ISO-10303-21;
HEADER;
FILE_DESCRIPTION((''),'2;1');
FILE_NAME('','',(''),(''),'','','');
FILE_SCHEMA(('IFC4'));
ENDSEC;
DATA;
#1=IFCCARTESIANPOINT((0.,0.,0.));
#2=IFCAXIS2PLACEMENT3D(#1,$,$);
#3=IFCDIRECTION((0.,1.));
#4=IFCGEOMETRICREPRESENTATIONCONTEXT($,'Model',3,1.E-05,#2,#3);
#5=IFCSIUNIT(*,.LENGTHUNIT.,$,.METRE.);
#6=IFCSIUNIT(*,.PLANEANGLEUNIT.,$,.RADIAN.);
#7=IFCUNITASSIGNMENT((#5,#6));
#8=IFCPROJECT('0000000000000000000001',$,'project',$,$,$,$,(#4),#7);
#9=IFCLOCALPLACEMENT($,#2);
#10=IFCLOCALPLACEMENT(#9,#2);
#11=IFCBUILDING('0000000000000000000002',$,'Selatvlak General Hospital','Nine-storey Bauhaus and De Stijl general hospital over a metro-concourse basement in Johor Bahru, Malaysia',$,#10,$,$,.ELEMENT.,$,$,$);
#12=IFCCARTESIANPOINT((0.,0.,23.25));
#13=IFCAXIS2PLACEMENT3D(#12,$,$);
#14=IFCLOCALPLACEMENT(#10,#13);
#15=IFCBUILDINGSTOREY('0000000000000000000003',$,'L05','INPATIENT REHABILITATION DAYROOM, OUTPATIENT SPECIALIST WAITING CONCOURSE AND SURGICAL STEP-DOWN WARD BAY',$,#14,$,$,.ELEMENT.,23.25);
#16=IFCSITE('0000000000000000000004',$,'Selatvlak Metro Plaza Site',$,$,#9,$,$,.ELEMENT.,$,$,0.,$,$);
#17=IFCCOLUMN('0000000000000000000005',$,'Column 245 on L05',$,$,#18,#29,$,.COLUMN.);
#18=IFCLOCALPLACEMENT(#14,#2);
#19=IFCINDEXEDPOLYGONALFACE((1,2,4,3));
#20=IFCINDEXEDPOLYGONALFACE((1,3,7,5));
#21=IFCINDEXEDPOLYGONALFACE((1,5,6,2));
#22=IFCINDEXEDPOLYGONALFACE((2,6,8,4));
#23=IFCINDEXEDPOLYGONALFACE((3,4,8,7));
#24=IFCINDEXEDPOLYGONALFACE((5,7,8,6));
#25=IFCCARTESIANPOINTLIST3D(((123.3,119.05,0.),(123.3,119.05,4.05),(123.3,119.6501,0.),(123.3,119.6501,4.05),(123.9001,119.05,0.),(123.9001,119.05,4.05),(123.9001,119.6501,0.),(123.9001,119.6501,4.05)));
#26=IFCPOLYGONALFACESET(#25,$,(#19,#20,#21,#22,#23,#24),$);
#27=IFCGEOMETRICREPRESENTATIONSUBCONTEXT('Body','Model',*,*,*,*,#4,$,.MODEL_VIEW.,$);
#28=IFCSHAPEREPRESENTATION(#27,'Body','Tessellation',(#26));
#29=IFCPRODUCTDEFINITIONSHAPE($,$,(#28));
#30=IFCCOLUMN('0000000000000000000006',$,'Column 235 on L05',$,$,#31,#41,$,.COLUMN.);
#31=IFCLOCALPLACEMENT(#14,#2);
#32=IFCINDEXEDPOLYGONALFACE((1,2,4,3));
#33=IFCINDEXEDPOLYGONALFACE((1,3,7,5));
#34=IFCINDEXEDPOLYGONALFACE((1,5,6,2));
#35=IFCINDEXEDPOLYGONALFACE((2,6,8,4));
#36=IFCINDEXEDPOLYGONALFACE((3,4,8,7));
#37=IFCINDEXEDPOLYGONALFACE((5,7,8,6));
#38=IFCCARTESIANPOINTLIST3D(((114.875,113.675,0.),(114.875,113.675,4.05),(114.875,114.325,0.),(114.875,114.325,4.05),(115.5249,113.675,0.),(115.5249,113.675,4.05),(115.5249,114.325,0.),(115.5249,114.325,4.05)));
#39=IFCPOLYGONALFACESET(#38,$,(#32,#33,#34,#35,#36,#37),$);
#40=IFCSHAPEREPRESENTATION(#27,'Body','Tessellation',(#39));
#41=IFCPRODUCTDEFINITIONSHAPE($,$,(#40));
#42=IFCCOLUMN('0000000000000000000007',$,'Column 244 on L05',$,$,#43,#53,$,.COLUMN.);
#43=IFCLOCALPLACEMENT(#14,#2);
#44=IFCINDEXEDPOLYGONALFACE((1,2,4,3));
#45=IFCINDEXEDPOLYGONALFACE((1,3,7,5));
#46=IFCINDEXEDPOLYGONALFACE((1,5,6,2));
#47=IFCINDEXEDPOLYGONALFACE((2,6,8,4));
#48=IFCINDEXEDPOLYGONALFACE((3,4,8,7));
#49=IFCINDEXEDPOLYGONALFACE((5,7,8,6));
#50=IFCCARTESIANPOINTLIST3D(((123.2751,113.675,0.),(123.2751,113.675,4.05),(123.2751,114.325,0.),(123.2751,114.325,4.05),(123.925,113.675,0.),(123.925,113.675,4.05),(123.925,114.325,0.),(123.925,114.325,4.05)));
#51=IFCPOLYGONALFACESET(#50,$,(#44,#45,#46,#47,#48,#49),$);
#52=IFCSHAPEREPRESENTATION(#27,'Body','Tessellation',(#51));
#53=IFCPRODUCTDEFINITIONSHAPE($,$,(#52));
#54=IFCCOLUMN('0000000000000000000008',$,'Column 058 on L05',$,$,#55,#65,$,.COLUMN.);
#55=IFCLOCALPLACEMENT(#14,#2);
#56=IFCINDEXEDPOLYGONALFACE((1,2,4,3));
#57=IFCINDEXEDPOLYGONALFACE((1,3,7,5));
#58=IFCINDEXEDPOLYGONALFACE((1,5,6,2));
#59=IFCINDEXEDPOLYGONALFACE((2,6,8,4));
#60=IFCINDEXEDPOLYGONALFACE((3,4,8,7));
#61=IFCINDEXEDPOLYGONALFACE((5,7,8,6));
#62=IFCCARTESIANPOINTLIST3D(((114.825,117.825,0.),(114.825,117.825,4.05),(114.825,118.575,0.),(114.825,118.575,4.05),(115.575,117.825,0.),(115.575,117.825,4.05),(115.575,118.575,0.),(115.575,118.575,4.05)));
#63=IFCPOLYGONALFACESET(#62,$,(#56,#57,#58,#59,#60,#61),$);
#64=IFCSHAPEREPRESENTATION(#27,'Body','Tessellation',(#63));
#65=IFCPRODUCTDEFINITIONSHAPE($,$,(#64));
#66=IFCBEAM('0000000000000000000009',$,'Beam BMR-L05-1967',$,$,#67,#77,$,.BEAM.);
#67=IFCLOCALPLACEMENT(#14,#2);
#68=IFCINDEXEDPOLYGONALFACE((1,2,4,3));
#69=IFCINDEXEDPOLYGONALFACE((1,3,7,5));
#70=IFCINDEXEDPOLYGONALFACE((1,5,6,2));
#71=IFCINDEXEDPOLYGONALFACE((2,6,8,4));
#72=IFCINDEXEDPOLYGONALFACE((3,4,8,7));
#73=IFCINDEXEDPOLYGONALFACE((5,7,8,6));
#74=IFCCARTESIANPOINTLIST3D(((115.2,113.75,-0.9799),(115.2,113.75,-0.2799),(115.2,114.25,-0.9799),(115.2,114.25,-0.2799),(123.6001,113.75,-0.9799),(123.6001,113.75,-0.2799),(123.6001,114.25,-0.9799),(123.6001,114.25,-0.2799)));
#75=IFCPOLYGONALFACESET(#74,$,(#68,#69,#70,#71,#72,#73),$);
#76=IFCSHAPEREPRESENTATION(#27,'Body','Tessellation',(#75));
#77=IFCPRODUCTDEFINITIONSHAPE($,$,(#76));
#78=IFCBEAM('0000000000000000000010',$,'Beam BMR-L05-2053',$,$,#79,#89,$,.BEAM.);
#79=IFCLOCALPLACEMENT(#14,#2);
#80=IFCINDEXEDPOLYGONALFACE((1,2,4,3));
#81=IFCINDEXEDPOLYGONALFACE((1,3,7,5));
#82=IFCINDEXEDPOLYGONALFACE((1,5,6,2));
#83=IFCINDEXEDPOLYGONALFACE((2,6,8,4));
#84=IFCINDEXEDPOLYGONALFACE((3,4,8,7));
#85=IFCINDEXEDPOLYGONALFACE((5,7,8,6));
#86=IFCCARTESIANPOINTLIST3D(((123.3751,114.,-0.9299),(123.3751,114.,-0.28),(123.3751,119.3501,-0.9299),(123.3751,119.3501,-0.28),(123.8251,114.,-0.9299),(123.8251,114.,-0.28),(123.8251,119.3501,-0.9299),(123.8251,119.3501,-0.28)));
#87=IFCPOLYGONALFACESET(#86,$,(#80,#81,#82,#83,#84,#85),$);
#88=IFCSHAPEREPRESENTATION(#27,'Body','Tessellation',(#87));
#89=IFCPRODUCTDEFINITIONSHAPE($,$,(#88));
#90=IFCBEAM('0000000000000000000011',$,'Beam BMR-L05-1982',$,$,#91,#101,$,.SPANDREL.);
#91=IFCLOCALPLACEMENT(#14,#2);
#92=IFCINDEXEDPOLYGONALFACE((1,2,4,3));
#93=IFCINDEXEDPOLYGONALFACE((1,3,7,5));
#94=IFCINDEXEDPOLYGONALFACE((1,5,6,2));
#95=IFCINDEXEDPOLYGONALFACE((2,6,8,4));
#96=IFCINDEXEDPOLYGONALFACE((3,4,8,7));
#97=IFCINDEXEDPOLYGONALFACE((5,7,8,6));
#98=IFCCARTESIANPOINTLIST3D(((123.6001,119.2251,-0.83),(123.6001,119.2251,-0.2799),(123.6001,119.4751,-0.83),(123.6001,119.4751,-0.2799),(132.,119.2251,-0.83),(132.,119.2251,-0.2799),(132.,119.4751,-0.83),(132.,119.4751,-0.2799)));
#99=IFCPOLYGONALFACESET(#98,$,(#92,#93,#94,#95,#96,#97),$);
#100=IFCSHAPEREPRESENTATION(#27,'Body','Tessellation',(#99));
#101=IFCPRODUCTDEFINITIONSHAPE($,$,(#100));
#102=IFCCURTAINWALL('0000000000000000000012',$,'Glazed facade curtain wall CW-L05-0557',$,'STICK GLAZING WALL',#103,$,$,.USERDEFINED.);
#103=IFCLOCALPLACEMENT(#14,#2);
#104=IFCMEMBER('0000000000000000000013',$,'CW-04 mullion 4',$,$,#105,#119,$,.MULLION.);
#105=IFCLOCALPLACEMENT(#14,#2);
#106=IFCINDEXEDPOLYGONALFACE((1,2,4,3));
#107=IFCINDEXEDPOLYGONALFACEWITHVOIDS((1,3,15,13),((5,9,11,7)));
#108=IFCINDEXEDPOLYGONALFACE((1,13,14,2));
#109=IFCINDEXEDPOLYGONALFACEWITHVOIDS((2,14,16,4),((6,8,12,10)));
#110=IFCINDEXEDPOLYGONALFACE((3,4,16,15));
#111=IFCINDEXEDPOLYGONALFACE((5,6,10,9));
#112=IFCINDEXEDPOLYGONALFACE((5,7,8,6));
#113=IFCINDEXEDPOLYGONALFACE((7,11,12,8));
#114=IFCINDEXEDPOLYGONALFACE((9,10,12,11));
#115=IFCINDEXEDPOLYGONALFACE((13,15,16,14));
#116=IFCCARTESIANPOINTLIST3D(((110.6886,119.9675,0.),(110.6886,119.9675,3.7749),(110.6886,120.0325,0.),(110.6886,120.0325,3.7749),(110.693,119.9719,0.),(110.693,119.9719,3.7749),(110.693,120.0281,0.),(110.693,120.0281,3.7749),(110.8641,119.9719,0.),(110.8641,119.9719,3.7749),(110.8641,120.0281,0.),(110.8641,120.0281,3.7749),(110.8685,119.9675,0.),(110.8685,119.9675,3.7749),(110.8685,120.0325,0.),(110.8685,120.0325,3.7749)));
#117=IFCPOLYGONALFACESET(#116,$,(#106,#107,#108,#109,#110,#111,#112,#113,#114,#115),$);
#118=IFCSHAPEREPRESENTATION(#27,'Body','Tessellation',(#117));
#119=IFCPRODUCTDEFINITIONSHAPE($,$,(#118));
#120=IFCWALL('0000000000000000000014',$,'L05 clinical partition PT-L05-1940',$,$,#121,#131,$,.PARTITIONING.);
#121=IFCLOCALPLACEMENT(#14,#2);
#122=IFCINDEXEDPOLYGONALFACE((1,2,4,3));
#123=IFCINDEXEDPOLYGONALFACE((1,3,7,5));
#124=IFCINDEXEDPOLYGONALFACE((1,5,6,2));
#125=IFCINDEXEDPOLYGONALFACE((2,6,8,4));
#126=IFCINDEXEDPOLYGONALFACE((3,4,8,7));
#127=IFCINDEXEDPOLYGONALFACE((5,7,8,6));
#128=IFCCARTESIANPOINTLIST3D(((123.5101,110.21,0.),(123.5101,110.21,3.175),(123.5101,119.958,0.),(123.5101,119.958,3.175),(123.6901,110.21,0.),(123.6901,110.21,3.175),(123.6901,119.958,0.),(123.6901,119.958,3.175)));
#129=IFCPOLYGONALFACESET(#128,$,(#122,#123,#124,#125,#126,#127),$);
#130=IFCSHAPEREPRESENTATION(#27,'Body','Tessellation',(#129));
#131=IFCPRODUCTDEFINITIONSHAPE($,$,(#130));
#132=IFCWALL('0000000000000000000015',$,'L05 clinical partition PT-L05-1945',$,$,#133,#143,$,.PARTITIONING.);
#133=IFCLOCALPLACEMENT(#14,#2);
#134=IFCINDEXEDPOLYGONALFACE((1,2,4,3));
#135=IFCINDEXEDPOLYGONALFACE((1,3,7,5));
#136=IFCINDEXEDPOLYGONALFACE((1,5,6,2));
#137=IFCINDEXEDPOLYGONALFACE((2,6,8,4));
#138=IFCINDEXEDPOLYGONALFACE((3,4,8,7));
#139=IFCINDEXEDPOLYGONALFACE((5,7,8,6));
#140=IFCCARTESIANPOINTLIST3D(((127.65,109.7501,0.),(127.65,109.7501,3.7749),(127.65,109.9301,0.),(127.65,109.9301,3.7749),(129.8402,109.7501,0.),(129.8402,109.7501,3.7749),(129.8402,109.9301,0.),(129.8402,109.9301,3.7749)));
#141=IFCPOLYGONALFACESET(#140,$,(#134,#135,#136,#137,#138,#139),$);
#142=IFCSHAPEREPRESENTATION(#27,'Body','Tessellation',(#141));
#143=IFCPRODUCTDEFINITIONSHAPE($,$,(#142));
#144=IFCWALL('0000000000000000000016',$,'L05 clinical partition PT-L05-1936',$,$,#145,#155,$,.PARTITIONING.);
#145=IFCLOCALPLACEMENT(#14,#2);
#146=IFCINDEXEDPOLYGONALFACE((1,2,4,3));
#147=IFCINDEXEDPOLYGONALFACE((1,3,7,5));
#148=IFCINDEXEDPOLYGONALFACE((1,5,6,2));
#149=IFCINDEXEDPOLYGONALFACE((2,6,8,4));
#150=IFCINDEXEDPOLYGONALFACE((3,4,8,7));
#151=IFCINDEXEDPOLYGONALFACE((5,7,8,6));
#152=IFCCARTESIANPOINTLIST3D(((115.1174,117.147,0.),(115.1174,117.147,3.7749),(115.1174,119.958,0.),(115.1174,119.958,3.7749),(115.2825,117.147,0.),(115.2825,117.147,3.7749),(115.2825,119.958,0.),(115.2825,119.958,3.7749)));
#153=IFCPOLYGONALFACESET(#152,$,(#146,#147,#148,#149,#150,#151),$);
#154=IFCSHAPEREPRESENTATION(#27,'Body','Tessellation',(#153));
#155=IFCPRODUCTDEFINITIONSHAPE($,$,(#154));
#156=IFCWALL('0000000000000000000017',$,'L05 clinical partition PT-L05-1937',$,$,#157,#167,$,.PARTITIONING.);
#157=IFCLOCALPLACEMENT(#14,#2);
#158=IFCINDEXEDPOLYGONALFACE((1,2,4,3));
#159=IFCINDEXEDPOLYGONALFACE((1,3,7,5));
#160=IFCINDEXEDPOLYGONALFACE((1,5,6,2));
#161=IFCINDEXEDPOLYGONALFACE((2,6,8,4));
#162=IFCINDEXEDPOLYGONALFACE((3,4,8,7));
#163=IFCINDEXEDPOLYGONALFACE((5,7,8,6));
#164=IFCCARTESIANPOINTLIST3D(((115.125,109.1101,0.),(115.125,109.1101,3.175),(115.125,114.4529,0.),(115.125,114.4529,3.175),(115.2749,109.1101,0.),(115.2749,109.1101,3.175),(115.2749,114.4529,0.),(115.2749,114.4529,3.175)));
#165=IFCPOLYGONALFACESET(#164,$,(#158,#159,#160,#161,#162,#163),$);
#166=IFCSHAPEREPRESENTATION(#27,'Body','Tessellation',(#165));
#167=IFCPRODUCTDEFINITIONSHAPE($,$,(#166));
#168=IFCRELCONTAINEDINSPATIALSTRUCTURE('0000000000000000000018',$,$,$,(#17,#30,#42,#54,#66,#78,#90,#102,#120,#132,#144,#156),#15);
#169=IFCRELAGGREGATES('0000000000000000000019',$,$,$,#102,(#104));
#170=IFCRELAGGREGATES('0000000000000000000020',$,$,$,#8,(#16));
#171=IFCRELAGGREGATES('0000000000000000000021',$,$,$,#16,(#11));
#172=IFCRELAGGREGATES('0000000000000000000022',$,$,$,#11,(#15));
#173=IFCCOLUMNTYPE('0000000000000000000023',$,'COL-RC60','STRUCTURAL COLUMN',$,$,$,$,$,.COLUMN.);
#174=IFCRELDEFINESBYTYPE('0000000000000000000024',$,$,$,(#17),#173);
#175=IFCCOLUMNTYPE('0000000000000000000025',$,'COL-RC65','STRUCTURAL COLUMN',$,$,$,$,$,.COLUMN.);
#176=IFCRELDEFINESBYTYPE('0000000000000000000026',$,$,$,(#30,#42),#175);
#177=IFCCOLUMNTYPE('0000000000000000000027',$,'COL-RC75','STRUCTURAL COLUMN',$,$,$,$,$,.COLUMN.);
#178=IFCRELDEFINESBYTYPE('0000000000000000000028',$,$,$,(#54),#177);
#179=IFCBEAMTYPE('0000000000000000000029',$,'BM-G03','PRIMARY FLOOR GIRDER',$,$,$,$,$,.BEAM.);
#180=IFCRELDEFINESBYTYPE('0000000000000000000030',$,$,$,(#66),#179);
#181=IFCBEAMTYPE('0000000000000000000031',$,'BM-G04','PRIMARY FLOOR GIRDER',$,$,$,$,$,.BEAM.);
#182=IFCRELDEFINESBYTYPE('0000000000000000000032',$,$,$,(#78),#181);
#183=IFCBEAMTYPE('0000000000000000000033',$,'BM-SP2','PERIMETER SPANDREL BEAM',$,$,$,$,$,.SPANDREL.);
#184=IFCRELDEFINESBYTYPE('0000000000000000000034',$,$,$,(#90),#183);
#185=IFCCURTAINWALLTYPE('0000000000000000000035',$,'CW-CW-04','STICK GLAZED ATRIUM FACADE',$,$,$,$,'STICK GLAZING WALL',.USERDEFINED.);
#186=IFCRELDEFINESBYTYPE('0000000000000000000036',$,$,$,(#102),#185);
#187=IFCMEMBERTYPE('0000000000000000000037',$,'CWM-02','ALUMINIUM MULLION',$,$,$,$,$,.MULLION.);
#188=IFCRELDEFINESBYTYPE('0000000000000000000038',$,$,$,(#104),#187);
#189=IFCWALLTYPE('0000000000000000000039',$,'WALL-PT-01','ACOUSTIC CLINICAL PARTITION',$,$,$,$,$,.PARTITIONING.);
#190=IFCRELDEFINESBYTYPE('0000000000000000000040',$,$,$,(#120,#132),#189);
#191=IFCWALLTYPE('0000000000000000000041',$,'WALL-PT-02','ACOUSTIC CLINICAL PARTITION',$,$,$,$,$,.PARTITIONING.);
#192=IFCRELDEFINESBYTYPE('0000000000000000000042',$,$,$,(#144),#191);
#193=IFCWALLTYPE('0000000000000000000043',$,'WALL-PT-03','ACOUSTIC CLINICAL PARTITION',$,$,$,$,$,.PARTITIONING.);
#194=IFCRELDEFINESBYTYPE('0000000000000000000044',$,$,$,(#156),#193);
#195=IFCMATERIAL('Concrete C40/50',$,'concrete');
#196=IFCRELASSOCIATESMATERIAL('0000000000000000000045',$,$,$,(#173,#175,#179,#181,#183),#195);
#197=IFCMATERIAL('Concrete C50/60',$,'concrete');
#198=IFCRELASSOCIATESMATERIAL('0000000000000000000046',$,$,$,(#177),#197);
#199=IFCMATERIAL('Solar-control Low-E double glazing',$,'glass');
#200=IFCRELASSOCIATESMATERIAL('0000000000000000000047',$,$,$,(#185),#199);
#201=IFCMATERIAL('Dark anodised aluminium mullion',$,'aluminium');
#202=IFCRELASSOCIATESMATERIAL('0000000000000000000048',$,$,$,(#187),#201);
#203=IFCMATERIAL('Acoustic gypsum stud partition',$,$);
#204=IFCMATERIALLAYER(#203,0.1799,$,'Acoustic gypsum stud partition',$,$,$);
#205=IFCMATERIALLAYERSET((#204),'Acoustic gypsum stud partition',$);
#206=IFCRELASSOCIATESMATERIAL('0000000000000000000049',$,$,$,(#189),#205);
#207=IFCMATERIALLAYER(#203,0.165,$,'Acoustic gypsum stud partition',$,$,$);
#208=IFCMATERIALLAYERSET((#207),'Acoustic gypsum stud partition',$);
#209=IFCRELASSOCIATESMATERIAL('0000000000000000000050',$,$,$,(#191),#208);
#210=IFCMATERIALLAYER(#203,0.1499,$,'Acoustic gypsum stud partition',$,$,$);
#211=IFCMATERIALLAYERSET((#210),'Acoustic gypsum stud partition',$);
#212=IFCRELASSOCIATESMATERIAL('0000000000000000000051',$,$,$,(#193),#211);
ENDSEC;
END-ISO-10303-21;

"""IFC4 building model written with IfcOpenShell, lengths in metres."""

from ifc_helpers import new_model, si_unit, direction, frame, frame_2d, origin, origin_2d, place, context, subcontext, project, spatial, rectangle, hollow_rectangle, extrude, material, layer, layer_set, material_profile, profile_set, type_object, element, aggregate, save


model = new_model("IFC4")

# Units and contexts
model_context = context("Model", 3, precision=1e-05, world=origin(), true_north=direction((0.0, 1.0)))
body_context = subcontext(model_context, "Body", "Model", "MODEL_VIEW")
ifc_project = project(units=[si_unit("LENGTHUNIT", "METRE"), si_unit("PLANEANGLEUNIT", "RADIAN")], contexts=[model_context])

# Site, building, storey
site_placement = place(None, origin())
site = spatial("IfcSite", under=ifc_project, at=site_placement, Name="Selatvlak Metro Plaza Site", CompositionType="ELEMENT", RefElevation=0.0)
building_placement = place(site_placement, origin())
building = spatial("IfcBuilding", under=site, at=building_placement, Name="Selatvlak General Hospital", Description="Nine-storey Bauhaus and De Stijl general hospital over a metro-concourse basement in Johor Bahru, Malaysia", CompositionType="ELEMENT")
storey_placement = place(building_placement, frame((0.0, 0.0, 23.25)))
storey = spatial("IfcBuildingStorey", under=building, at=storey_placement, Name="L05", Description="INPATIENT REHABILITATION DAYROOM, OUTPATIENT SPECIALIST WAITING CONCOURSE AND SURGICAL STEP-DOWN WARD BAY", CompositionType="ELEMENT", Elevation=23.25)

# Columns
ifc_material_1 = material(Name="Concrete C40/50", Category="concrete")
ifc_material_profile_1 = material_profile(ifc_material_1, rectangle(XDim=0.6001, YDim=0.6001, at=origin_2d()), Name="RC-COL 600x600")
ifc_profile_set_1 = profile_set([ifc_material_profile_1], Name="Concrete C40/50")
column_type_1 = type_object("IfcColumnType", Name="COL-RC60", Description="STRUCTURAL COLUMN", PredefinedType="COLUMN", material=ifc_profile_set_1)
column_1_placement = place(storey_placement, frame((123.6001, 119.3501, 0.0), z_axis=(0.0, 0.0, 1.0), x_axis=(1.0, 0.0, 0.0)))
element("IfcColumn", 1, at=column_1_placement, inside=storey, type_object=column_type_1, Name="Column 245 on L05", PredefinedType="COLUMN", context=body_context, shape_type="SweptSolid", body=[
    extrude(rectangle(XDim=0.6001, YDim=0.6001, at=origin_2d()), origin(), (0.0, 0.0, 1.0), 4.05),
])
ifc_material_profile_2 = material_profile(ifc_material_1, rectangle(XDim=0.6499, YDim=0.6499, at=origin_2d()), Name="RC-COL 650x650")
ifc_profile_set_2 = profile_set([ifc_material_profile_2], Name="Concrete C40/50")
column_type_2 = type_object("IfcColumnType", Name="COL-RC65", Description="STRUCTURAL COLUMN", PredefinedType="COLUMN", material=ifc_profile_set_2)
for number, where, z_axis, x_axis, name in (
    (2, (115.2, 114.0, 0.0), (0.0, 0.0, 1.0), (1.0, 0.0, 0.0), "Column 235 on L05"),
    (3, (123.6001, 114.0, 0.0), (0.0, 0.0, 1.0), (1.0, 0.0, 0.0), "Column 244 on L05"),
):
    element("IfcColumn", number, at=place(storey_placement, frame(where, z_axis=z_axis, x_axis=x_axis)), inside=storey, type_object=column_type_2, Name=name, PredefinedType="COLUMN", context=body_context, shape_type="SweptSolid", body=[
        extrude(rectangle(XDim=0.6499, YDim=0.6499, at=origin_2d()), origin(), (0.0, 0.0, 1.0), 4.05),
    ])
ifc_material_2 = material(Name="Concrete C50/60", Category="concrete")
ifc_material_profile_3 = material_profile(ifc_material_2, rectangle(XDim=0.75, YDim=0.75, at=origin_2d()), Name="RC-COL 750x750")
ifc_profile_set_3 = profile_set([ifc_material_profile_3], Name="Concrete C50/60")
column_type_3 = type_object("IfcColumnType", Name="COL-RC75", Description="STRUCTURAL COLUMN", PredefinedType="COLUMN", material=ifc_profile_set_3)
column_2_placement = place(storey_placement, frame((115.2, 118.2, 0.0), z_axis=(0.0, 0.0, 1.0), x_axis=(1.0, 0.0, 0.0)))
element("IfcColumn", 4, at=column_2_placement, inside=storey, type_object=column_type_3, Name="Column 058 on L05", PredefinedType="COLUMN", context=body_context, shape_type="SweptSolid", body=[
    extrude(rectangle(XDim=0.75, YDim=0.75, at=origin_2d()), origin(), (0.0, 0.0, 1.0), 4.05),
])

# Beams
ifc_material_profile_4 = material_profile(ifc_material_1, rectangle(XDim=0.5, YDim=0.7, at=origin_2d()), Name="RC-BM 500x700")
ifc_profile_set_4 = profile_set([ifc_material_profile_4], Name="Concrete C40/50")
beam_type_1 = type_object("IfcBeamType", Name="BM-G03", Description="PRIMARY FLOOR GIRDER", PredefinedType="BEAM", material=ifc_profile_set_4)
beam_1_placement = place(storey_placement, frame((115.2, 114.0, -0.6299), z_axis=(1.0, 0.0, 0.0), x_axis=(0.0, 1.0, 0.0)))
element("IfcBeam", 5, at=beam_1_placement, inside=storey, type_object=beam_type_1, Name="Beam BMR-L05-1967", PredefinedType="BEAM", context=body_context, shape_type="SweptSolid", body=[
    extrude(rectangle(XDim=0.5, YDim=0.7, at=origin_2d()), origin(), (0.0, 0.0, 1.0), 8.4001),
])
ifc_material_profile_5 = material_profile(ifc_material_1, rectangle(XDim=0.45, YDim=0.6499, at=origin_2d()), Name="RC-BM 450x650")
ifc_profile_set_5 = profile_set([ifc_material_profile_5], Name="Concrete C40/50")
beam_type_2 = type_object("IfcBeamType", Name="BM-G04", Description="PRIMARY FLOOR GIRDER", PredefinedType="BEAM", material=ifc_profile_set_5)
beam_2_placement = place(storey_placement, frame((123.6001, 114.0, -0.605), z_axis=(0.0, 1.0, 0.0), x_axis=(-1.0, 0.0, 0.0)))
element("IfcBeam", 6, at=beam_2_placement, inside=storey, type_object=beam_type_2, Name="Beam BMR-L05-2053", PredefinedType="BEAM", context=body_context, shape_type="SweptSolid", body=[
    extrude(rectangle(XDim=0.45, YDim=0.6499, at=origin_2d()), origin(), (0.0, 0.0, 1.0), 5.3501),
])
ifc_material_profile_6 = material_profile(ifc_material_1, rectangle(XDim=0.25, YDim=0.55, at=origin_2d()), Name="RC-SP 250x550")
ifc_profile_set_6 = profile_set([ifc_material_profile_6], Name="Concrete C40/50")
beam_type_3 = type_object("IfcBeamType", Name="BM-SP2", Description="PERIMETER SPANDREL BEAM", PredefinedType="SPANDREL", material=ifc_profile_set_6)
beam_3_placement = place(storey_placement, frame((123.6001, 119.3501, -0.5549), z_axis=(1.0, 0.0, 0.0), x_axis=(0.0, 1.0, 0.0)))
element("IfcBeam", 7, at=beam_3_placement, inside=storey, type_object=beam_type_3, Name="Beam BMR-L05-1982", PredefinedType="SPANDREL", context=body_context, shape_type="SweptSolid", body=[
    extrude(rectangle(XDim=0.25, YDim=0.55, at=origin_2d()), origin(), (0.0, 0.0, 1.0), 8.3999),
])

# Curtain wall, member
ifc_material_3 = material(Name="Solar-control Low-E double glazing", Category="glass")
curtain_wall_type = type_object("IfcCurtainWallType", Name="CW-CW-04", Description="STICK GLAZED ATRIUM FACADE", ElementType="STICK GLAZING WALL", PredefinedType="USERDEFINED", material=ifc_material_3)
curtain_wall_placement = place(storey_placement, origin())
curtain_wall = element("IfcCurtainWall", 8, at=curtain_wall_placement, inside=storey, type_object=curtain_wall_type, Name="Glazed facade curtain wall CW-L05-0557", ObjectType="STICK GLAZING WALL", PredefinedType="USERDEFINED")
ifc_material_4 = material(Name="Dark anodised aluminium mullion", Category="aluminium")
ifc_material_profile_7 = material_profile(ifc_material_4, hollow_rectangle(XDim=0.0649, YDim=0.1799, WallThickness=0.0044, at=origin_2d()), Name="AL-MUL 65x180x4.5")
ifc_profile_set_7 = profile_set([ifc_material_profile_7], Name="Dark anodised aluminium mullion")
member_type = type_object("IfcMemberType", Name="CWM-02", Description="ALUMINIUM MULLION", PredefinedType="MULLION", material=ifc_profile_set_7)
member_placement = place(storey_placement, frame((110.7786, 120.0, 0.0), z_axis=(0.0, 0.0, 1.0), x_axis=(0.0, 1.0, 0.0)))
member = element("IfcMember", 9, at=member_placement, type_object=member_type, Name="CW-04 mullion 4", PredefinedType="MULLION", context=body_context, shape_type="SweptSolid", body=[
    extrude(hollow_rectangle(XDim=0.0649, YDim=0.1799, WallThickness=0.0044, at=origin_2d()), origin(), (0.0, 0.0, 1.0), 3.7749),
])
aggregate(curtain_wall, [member])

# Walls
ifc_material_5 = material(Name="Acoustic gypsum stud partition")
ifc_layer_1 = layer(ifc_material_5, 0.1799, Name="Acoustic gypsum stud partition")
ifc_layer_set_1 = layer_set([ifc_layer_1], Name="Acoustic gypsum stud partition")
wall_type_1 = type_object("IfcWallType", Name="WALL-PT-01", Description="ACOUSTIC CLINICAL PARTITION", PredefinedType="PARTITIONING", material=ifc_layer_set_1)
wall_1_placement = place(storey_placement, frame((123.6001, 119.958, 0.0), z_axis=(0.0, 0.0, 1.0), x_axis=(0.0, -1.0, 0.0)))
element("IfcWall", 10, at=wall_1_placement, inside=storey, type_object=wall_type_1, Name="L05 clinical partition PT-L05-1940", PredefinedType="PARTITIONING", context=body_context, shape_type="SweptSolid", body=[
    extrude(rectangle(XDim=9.748, YDim=0.1799, at=frame_2d((4.874, 0.0))), origin(), (0.0, 0.0, 1.0), 3.175),
])
wall_2_placement = place(storey_placement, frame((127.6499, 109.8401, 0.0), z_axis=(0.0, 0.0, 1.0), x_axis=(1.0, 0.0, 0.0)))
element("IfcWall", 11, at=wall_2_placement, inside=storey, type_object=wall_type_1, Name="L05 clinical partition PT-L05-1945", PredefinedType="PARTITIONING", context=body_context, shape_type="SweptSolid", body=[
    extrude(rectangle(XDim=2.1902, YDim=0.1799, at=frame_2d((1.0952, 0.0))), origin(), (0.0, 0.0, 1.0), 3.7749),
])
ifc_layer_2 = layer(ifc_material_5, 0.165, Name="Acoustic gypsum stud partition")
ifc_layer_set_2 = layer_set([ifc_layer_2], Name="Acoustic gypsum stud partition")
wall_type_2 = type_object("IfcWallType", Name="WALL-PT-02", Description="ACOUSTIC CLINICAL PARTITION", PredefinedType="PARTITIONING", material=ifc_layer_set_2)
wall_3_placement = place(storey_placement, frame((115.2, 119.958, 0.0), z_axis=(0.0, 0.0, 1.0), x_axis=(0.0, -1.0, 0.0)))
element("IfcWall", 12, at=wall_3_placement, inside=storey, type_object=wall_type_2, Name="L05 clinical partition PT-L05-1936", PredefinedType="PARTITIONING", context=body_context, shape_type="SweptSolid", body=[
    extrude(rectangle(XDim=2.811, YDim=0.165, at=frame_2d((1.4055, 0.0))), origin(), (0.0, 0.0, 1.0), 3.7749),
])
ifc_layer_3 = layer(ifc_material_5, 0.1499, Name="Acoustic gypsum stud partition")
ifc_layer_set_3 = layer_set([ifc_layer_3], Name="Acoustic gypsum stud partition")
wall_type_3 = type_object("IfcWallType", Name="WALL-PT-03", Description="ACOUSTIC CLINICAL PARTITION", PredefinedType="PARTITIONING", material=ifc_layer_set_3)
wall_4_placement = place(storey_placement, frame((115.2, 114.4529, 0.0), z_axis=(0.0, 0.0, 1.0), x_axis=(0.0, -1.0, 0.0)))
element("IfcWall", 13, at=wall_4_placement, inside=storey, type_object=wall_type_3, Name="L05 clinical partition PT-L05-1937", PredefinedType="PARTITIONING", context=body_context, shape_type="SweptSolid", body=[
    extrude(rectangle(XDim=5.3428, YDim=0.1499, at=frame_2d((2.6714, 0.0))), origin(), (0.0, 0.0, 1.0), 3.175),
])

save(model, "model.ifc")
